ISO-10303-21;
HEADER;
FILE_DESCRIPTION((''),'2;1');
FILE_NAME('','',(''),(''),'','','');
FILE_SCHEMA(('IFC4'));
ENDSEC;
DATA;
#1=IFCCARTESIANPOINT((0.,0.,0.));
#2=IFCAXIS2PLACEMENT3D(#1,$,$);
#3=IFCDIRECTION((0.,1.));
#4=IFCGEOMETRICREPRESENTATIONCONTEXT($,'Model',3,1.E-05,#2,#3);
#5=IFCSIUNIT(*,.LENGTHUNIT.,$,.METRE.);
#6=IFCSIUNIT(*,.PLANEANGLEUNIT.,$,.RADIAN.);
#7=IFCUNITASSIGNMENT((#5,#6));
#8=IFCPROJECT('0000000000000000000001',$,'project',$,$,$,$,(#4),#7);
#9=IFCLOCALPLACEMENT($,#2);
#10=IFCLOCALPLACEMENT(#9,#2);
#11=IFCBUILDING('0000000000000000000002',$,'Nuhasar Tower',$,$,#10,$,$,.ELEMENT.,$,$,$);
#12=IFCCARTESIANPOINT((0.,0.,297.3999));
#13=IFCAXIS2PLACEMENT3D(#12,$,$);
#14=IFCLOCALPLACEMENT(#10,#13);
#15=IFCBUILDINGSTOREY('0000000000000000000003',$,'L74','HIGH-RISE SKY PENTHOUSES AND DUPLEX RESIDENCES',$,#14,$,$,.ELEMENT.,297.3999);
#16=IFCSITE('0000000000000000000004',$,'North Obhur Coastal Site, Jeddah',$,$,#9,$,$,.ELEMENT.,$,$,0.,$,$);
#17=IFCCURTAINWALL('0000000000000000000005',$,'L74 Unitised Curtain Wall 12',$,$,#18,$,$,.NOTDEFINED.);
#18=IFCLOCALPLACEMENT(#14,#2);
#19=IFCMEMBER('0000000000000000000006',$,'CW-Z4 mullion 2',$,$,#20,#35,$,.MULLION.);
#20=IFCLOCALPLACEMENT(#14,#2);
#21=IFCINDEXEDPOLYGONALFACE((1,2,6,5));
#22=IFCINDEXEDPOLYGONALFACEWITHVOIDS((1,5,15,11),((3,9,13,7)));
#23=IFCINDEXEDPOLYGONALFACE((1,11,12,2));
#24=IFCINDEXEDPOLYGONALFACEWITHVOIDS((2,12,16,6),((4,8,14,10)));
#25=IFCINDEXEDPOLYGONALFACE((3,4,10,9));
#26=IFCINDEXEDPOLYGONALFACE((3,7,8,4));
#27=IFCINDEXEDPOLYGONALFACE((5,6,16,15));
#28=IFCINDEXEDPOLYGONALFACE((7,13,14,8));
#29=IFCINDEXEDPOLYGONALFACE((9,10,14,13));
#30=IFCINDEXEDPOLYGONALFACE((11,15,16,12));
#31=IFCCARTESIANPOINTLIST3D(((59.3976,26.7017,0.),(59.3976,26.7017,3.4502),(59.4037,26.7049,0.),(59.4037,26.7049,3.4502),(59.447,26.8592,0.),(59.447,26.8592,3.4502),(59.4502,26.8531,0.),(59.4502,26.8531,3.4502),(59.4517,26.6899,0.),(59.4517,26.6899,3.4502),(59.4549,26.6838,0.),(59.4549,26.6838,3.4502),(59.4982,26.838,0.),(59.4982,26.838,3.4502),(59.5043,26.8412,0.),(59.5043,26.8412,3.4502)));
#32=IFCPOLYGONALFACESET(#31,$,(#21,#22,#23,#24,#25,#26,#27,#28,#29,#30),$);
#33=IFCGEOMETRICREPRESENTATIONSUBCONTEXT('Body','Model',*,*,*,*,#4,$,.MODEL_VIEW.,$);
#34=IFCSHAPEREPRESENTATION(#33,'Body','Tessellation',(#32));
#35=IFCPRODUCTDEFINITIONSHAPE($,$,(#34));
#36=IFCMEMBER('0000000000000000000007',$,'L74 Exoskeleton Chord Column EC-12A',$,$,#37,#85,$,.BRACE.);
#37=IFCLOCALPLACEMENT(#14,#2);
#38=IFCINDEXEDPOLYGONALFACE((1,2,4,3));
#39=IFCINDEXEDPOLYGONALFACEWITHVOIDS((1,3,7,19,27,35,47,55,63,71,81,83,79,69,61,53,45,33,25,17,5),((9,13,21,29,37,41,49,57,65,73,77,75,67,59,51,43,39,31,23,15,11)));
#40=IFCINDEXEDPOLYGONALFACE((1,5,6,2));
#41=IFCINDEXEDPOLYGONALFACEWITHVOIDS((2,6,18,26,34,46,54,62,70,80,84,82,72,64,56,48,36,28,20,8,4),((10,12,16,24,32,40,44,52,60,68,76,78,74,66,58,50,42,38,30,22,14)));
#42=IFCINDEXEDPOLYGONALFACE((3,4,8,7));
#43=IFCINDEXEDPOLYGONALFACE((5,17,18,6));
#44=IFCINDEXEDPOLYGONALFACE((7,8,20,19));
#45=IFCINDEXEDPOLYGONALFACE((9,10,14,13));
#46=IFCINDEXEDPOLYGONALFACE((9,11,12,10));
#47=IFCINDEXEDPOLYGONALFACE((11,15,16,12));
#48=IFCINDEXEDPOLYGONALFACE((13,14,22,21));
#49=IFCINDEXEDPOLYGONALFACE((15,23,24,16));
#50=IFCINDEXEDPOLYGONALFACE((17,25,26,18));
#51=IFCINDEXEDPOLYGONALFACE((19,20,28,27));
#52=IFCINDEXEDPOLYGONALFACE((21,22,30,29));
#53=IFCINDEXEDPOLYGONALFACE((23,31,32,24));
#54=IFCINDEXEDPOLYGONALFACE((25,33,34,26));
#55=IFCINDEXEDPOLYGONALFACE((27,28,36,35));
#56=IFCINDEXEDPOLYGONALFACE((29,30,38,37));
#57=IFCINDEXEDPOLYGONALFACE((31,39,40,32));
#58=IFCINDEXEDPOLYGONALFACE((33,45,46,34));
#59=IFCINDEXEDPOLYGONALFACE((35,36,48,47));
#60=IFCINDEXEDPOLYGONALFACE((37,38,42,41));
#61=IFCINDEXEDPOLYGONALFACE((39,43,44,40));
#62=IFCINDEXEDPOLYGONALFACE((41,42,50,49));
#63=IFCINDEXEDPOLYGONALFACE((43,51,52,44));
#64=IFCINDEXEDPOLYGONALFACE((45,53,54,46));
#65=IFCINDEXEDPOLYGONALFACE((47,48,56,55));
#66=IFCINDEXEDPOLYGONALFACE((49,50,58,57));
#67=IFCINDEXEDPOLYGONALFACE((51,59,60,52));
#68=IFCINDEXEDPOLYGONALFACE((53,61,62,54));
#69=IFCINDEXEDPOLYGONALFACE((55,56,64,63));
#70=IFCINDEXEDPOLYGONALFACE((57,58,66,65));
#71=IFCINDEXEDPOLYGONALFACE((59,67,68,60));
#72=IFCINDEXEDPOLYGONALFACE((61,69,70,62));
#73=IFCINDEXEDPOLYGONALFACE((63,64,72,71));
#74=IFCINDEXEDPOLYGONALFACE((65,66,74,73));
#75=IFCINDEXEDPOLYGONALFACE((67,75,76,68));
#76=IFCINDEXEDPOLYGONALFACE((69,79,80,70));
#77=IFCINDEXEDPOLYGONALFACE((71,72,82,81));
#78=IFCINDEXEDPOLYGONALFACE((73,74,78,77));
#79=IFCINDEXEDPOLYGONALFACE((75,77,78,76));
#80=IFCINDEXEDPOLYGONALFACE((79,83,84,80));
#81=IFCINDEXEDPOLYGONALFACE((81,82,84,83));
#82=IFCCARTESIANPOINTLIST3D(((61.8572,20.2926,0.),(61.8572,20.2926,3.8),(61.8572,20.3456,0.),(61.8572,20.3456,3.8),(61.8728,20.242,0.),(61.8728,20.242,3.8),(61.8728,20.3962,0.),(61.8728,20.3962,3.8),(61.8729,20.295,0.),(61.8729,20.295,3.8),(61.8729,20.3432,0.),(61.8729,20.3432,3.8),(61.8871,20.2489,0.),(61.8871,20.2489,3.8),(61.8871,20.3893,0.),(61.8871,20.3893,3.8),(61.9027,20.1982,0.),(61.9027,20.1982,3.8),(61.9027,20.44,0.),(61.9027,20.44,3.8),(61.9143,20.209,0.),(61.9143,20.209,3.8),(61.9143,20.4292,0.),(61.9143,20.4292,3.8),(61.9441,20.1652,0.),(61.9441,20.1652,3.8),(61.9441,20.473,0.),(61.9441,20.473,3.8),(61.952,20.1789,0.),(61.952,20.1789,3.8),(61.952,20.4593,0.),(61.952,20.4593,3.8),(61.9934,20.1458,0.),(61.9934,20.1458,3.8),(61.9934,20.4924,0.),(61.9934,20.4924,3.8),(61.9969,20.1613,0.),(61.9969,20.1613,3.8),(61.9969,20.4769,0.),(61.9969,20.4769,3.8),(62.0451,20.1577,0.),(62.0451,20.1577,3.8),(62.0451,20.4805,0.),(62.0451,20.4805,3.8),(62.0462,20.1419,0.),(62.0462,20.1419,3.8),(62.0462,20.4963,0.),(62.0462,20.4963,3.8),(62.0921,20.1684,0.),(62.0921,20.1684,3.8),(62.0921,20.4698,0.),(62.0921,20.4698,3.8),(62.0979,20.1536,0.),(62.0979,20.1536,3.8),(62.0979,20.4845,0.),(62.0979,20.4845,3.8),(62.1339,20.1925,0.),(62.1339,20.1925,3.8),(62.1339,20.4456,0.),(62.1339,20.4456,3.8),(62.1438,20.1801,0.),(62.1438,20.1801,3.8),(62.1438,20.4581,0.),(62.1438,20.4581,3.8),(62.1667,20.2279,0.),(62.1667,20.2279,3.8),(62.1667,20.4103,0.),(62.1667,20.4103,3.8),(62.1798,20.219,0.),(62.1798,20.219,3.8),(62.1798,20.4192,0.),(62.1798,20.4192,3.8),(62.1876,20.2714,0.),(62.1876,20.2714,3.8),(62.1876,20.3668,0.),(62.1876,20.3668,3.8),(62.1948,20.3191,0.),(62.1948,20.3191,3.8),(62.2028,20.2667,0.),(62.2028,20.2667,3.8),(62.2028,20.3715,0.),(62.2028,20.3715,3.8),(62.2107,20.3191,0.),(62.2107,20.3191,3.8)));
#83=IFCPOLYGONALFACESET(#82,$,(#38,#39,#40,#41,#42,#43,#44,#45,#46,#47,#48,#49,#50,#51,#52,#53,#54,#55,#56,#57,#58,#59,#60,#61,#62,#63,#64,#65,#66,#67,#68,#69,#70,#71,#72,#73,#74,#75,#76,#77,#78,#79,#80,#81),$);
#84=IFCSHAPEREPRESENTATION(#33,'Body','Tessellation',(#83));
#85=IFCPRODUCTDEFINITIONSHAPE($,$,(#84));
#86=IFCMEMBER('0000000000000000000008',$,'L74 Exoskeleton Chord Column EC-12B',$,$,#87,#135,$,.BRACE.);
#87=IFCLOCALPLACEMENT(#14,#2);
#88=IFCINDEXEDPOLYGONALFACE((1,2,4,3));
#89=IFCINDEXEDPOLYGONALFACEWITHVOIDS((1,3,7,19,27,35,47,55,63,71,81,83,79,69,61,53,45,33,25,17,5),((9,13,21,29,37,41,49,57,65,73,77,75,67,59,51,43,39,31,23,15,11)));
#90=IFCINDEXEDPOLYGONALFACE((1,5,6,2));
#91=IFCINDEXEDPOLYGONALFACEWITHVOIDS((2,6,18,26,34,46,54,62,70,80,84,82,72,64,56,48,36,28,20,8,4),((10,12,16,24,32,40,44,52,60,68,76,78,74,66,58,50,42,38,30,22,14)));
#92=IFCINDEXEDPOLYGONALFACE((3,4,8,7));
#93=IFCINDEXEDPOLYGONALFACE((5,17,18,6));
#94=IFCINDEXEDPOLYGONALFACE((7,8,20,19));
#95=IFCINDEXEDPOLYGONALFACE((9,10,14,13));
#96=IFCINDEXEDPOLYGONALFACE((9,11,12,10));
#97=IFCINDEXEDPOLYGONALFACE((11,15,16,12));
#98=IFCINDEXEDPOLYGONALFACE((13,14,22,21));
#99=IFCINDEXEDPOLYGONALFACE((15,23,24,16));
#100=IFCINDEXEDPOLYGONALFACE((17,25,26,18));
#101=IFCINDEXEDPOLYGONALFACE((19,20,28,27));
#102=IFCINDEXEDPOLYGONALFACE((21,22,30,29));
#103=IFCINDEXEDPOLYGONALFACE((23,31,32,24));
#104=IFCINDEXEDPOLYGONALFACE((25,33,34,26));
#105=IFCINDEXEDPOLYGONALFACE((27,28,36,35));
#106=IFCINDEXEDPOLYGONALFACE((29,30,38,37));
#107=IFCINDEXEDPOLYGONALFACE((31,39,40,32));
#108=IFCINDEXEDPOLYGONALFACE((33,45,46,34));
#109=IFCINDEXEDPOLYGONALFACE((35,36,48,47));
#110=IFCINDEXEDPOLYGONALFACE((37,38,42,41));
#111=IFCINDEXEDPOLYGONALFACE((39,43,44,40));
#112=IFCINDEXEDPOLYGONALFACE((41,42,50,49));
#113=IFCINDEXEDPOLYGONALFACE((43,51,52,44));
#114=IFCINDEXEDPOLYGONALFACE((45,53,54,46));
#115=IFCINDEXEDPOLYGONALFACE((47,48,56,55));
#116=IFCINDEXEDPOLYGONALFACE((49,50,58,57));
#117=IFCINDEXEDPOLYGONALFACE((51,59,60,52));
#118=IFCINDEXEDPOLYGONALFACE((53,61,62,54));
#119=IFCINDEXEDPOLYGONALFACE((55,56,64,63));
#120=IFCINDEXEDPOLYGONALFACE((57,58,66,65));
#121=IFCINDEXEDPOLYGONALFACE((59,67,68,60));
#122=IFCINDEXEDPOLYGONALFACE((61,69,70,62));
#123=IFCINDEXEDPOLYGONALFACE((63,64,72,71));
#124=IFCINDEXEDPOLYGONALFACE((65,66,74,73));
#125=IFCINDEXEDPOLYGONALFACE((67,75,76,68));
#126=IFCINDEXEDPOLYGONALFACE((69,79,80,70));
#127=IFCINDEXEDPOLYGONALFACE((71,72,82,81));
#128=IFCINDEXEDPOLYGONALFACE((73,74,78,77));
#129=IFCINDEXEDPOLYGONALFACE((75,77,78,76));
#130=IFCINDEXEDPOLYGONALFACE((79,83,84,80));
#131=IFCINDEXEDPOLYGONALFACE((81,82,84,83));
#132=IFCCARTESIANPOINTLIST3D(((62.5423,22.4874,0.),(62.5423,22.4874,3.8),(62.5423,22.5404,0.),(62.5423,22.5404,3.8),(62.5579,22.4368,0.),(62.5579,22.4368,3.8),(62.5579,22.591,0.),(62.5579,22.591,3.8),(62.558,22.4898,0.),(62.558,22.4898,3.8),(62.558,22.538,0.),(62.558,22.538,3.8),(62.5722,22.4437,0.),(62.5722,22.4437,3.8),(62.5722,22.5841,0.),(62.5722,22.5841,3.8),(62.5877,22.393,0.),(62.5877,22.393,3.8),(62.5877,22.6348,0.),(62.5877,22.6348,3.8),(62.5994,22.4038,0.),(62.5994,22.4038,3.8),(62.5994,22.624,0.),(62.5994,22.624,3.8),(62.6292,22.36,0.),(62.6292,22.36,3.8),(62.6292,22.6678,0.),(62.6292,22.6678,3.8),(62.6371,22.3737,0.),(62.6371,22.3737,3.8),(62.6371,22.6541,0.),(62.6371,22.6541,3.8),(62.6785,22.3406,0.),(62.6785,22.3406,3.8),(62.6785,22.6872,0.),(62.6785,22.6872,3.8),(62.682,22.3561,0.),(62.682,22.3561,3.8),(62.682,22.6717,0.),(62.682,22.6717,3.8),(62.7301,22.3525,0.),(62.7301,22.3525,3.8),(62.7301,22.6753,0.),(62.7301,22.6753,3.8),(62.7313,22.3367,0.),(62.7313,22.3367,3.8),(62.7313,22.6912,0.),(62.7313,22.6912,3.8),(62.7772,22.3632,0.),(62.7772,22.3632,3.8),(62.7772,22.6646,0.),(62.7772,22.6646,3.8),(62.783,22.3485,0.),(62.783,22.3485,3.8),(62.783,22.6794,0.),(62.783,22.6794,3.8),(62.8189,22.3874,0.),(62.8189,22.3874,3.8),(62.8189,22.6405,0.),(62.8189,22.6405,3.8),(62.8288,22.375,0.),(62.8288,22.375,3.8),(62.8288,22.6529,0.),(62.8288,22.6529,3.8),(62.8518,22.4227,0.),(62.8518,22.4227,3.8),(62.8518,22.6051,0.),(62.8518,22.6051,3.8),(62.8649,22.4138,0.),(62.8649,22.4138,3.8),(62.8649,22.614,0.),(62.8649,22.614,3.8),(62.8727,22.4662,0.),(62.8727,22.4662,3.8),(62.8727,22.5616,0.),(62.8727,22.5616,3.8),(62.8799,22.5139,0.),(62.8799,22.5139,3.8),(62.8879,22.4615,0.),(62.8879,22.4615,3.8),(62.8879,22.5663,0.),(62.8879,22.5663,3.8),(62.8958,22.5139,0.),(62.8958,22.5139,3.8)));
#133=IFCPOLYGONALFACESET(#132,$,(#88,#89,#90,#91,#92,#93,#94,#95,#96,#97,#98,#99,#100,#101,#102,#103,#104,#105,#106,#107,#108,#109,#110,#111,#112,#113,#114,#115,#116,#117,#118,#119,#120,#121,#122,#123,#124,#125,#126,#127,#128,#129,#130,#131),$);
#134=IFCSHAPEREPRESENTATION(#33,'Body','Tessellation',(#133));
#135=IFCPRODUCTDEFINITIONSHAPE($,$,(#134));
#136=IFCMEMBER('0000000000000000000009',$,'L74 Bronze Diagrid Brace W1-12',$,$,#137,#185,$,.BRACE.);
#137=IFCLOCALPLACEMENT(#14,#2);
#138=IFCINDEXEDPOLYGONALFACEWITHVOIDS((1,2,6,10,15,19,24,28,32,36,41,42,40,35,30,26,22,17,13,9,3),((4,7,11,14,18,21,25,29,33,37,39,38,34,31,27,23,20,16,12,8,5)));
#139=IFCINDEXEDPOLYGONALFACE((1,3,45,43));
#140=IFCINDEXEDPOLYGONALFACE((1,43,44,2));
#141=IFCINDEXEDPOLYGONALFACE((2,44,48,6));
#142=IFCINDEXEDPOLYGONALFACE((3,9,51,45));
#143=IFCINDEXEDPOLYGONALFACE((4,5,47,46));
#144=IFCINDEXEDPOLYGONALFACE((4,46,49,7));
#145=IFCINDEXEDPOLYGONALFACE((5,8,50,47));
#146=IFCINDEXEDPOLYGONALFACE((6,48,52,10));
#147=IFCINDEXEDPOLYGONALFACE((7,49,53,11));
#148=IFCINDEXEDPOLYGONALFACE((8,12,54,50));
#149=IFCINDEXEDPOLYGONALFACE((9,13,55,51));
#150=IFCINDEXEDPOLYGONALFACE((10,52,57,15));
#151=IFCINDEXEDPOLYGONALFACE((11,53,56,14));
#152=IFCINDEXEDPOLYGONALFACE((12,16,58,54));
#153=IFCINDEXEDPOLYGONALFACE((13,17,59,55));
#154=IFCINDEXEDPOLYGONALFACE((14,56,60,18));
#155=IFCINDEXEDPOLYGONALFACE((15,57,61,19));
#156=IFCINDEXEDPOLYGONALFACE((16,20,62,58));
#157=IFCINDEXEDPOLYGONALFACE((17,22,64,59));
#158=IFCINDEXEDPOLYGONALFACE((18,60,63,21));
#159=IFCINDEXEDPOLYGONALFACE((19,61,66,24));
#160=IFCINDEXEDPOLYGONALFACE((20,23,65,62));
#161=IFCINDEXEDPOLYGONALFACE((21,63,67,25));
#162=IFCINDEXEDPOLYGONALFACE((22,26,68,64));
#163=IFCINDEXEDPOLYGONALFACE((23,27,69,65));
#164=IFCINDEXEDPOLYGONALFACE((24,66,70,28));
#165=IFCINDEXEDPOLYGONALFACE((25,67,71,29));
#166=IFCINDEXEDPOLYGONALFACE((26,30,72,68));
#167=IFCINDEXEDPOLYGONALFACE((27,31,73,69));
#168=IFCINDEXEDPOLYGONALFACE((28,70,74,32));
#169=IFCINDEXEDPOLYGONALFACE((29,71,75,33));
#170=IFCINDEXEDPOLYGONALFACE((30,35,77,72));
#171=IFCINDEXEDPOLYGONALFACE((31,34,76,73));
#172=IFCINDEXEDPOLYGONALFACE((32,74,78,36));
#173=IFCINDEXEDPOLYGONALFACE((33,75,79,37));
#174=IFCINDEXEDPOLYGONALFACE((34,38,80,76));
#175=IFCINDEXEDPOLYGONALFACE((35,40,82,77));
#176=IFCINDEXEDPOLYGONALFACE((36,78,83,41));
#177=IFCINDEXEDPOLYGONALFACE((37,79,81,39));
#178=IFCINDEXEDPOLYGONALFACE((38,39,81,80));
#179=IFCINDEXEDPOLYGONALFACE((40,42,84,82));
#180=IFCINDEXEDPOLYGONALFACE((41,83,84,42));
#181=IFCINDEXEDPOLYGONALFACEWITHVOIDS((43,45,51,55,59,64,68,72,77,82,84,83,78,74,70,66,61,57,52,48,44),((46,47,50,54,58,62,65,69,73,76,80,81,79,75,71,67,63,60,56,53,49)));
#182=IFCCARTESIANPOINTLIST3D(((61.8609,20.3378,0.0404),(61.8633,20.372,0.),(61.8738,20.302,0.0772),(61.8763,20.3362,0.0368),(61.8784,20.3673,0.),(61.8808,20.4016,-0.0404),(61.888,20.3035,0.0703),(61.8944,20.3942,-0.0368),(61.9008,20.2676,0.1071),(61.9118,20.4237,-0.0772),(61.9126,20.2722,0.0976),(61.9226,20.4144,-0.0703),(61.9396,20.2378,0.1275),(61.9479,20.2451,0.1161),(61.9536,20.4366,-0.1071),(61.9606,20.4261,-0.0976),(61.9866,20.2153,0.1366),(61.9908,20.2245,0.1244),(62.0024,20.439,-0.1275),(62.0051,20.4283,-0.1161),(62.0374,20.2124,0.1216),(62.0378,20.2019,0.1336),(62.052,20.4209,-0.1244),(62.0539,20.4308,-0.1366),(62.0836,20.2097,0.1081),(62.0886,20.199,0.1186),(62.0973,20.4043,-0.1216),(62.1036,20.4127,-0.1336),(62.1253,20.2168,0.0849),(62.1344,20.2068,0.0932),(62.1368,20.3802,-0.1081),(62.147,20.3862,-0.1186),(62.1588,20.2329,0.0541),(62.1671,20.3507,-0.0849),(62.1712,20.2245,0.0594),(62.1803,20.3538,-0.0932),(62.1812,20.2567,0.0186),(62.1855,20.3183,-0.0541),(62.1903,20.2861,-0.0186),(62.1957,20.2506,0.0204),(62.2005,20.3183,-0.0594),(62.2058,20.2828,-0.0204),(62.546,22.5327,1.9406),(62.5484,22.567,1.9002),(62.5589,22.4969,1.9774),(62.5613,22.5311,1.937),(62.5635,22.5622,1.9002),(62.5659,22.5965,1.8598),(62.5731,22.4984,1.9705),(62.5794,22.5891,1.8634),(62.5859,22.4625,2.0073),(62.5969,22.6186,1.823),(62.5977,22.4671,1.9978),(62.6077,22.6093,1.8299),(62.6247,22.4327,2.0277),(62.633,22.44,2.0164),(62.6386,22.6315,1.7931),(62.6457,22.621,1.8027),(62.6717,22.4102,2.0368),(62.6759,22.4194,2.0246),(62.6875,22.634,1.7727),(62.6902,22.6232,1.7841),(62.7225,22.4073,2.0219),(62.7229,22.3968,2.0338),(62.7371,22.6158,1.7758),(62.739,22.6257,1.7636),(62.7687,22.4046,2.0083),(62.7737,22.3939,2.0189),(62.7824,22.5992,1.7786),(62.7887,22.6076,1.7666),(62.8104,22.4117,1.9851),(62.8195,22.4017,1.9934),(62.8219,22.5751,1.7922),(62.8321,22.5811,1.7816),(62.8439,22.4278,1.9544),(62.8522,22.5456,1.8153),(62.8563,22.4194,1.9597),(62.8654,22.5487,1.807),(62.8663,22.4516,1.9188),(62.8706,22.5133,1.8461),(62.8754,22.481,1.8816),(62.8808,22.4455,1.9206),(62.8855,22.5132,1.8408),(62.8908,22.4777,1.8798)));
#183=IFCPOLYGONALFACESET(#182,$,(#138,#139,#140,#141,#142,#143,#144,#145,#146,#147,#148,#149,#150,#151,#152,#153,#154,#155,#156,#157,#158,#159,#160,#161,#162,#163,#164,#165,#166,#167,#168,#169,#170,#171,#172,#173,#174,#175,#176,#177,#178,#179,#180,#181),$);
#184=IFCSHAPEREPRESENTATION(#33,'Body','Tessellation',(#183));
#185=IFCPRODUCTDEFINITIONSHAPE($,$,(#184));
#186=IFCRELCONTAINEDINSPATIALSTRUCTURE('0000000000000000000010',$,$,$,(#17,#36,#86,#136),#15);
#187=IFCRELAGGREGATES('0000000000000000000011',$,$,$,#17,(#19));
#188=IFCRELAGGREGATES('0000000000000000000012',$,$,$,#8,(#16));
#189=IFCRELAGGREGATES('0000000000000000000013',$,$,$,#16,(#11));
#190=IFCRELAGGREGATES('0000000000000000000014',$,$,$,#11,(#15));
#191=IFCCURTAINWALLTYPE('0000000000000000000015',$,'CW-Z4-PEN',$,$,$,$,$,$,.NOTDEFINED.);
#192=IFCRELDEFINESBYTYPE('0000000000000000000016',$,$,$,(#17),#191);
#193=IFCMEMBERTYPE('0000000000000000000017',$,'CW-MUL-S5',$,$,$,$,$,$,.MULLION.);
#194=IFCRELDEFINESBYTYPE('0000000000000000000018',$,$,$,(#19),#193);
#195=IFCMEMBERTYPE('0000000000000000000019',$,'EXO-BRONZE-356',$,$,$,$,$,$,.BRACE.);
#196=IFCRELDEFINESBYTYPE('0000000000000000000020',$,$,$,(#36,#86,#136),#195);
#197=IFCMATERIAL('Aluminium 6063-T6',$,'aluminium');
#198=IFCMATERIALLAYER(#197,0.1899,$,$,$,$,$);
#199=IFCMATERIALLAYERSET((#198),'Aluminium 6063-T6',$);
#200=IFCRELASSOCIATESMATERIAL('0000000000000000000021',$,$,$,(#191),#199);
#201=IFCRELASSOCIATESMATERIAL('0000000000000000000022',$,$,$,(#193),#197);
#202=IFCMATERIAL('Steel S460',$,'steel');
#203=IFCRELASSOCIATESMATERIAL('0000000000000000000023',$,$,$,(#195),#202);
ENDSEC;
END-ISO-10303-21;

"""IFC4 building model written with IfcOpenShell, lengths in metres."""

from ifc_helpers import new_model, si_unit, direction, frame, origin, origin_2d, place, context, subcontext, project, spatial, hollow_rectangle, hollow_circle, extrude, material, layer, layer_set, material_profile, profile_set, type_object, element, aggregate, save


model = new_model("IFC4")

# Units and contexts
model_context = context("Model", 3, precision=1e-05, world=origin(), true_north=direction((0.0, 1.0)))
body_context = subcontext(model_context, "Body", "Model", "MODEL_VIEW")
ifc_project = project(units=[si_unit("LENGTHUNIT", "METRE"), si_unit("PLANEANGLEUNIT", "RADIAN")], contexts=[model_context])

# Site, building, storey
site_placement = place(None, origin())
site = spatial("IfcSite", under=ifc_project, at=site_placement, Name="North Obhur Coastal Site, Jeddah", CompositionType="ELEMENT", RefElevation=0.0)
building_placement = place(site_placement, origin())
building = spatial("IfcBuilding", under=site, at=building_placement, Name="Nuhasar Tower", CompositionType="ELEMENT")
storey_placement = place(building_placement, frame((0.0, 0.0, 297.3999)))
storey = spatial("IfcBuildingStorey", under=building, at=storey_placement, Name="L74", Description="HIGH-RISE SKY PENTHOUSES AND DUPLEX RESIDENCES", CompositionType="ELEMENT", Elevation=297.3999)

# Curtain wall, member
ifc_material_1 = material(Name="Aluminium 6063-T6", Category="aluminium")
ifc_layer_1 = layer(ifc_material_1, 0.1899)
ifc_layer_set_1 = layer_set([ifc_layer_1], Name="Aluminium 6063-T6")
curtain_wall_type = type_object("IfcCurtainWallType", Name="CW-Z4-PEN", PredefinedType="NOTDEFINED", material=ifc_layer_set_1)
ifc_material_profile_1 = material_profile(ifc_material_1, hollow_rectangle(XDim=0.0601, YDim=0.165, WallThickness=0.0049, at=origin_2d()), Name="CWM-5")
ifc_profile_set_1 = profile_set([ifc_material_profile_1], Name="Aluminium 6063-T6")
member_type_1 = type_object("IfcMemberType", Name="CW-MUL-S5", PredefinedType="MULLION", material=ifc_profile_set_1)
curtain_wall_1_placement = place(storey_placement, origin())
curtain_wall_1 = element("IfcCurtainWall", 1, at=curtain_wall_1_placement, inside=storey, type_object=curtain_wall_type, Name="L74 Unitised Curtain Wall 12", PredefinedType="NOTDEFINED")
member_1_placement = place(storey_placement, frame((59.4509, 26.7715, 0.0), z_axis=(0.0, 0.0, 1.0), x_axis=(-0.954079, 0.299557, 0.0)))
member_1 = element("IfcMember", 2, at=member_1_placement, type_object=member_type_1, Name="CW-Z4 mullion 2", PredefinedType="MULLION", context=body_context, shape_type="SweptSolid", body=[
    extrude(hollow_rectangle(XDim=0.0601, YDim=0.165, WallThickness=0.0049, at=origin_2d()), origin(), (0.0, 0.0, 1.0), 3.4502),
])

# Members
ifc_material_2 = material(Name="Steel S460", Category="steel")
ifc_material_profile_2 = material_profile(ifc_material_2, hollow_circle(Radius=0.1777, WallThickness=0.0159, at=origin_2d()), Name="HSS355.6X15.9")
ifc_profile_set_2 = profile_set([ifc_material_profile_2], Name="Steel S460")
member_type_2 = type_object("IfcMemberType", Name="EXO-BRONZE-356", PredefinedType="BRACE", material=ifc_profile_set_2)
for number, where, z_axis, x_axis, name in (
    (3, (62.033, 20.3191, 0.0), (0.0, 0.0, 1.0), (1.0, 0.0, 0.0), "L74 Exoskeleton Chord Column EC-12A"),
    (4, (62.718, 22.5139, 0.0), (0.0, 0.0, 1.0), (1.0, 0.0, 0.0), "L74 Exoskeleton Chord Column EC-12B"),
):
    element("IfcMember", number, at=place(storey_placement, frame(where, z_axis=z_axis, x_axis=x_axis)), inside=storey, type_object=member_type_2, Name=name, PredefinedType="BRACE", context=body_context, shape_type="SweptSolid", body=[
        extrude(hollow_circle(Radius=0.1777, WallThickness=0.0159, at=origin_2d()), origin(), (0.0, 0.0, 1.0), 3.8),
    ])
member_2_placement = place(storey_placement, frame((62.033, 20.3191, 0.0), z_axis=(0.229669, 0.735826, 0.637034), x_axis=(-0.954582, 0.297948, 0.0)))
element("IfcMember", 5, at=member_2_placement, inside=storey, type_object=member_type_2, Name="L74 Bronze Diagrid Brace W1-12", PredefinedType="BRACE", context=body_context, shape_type="SweptSolid", body=[
    extrude(hollow_circle(Radius=0.1777, WallThickness=0.0159, at=origin_2d()), origin(), (0.0, 0.0, 1.0), 2.9829),
])

aggregate(curtain_wall_1, [member_1])

save(model, "model.ifc")
